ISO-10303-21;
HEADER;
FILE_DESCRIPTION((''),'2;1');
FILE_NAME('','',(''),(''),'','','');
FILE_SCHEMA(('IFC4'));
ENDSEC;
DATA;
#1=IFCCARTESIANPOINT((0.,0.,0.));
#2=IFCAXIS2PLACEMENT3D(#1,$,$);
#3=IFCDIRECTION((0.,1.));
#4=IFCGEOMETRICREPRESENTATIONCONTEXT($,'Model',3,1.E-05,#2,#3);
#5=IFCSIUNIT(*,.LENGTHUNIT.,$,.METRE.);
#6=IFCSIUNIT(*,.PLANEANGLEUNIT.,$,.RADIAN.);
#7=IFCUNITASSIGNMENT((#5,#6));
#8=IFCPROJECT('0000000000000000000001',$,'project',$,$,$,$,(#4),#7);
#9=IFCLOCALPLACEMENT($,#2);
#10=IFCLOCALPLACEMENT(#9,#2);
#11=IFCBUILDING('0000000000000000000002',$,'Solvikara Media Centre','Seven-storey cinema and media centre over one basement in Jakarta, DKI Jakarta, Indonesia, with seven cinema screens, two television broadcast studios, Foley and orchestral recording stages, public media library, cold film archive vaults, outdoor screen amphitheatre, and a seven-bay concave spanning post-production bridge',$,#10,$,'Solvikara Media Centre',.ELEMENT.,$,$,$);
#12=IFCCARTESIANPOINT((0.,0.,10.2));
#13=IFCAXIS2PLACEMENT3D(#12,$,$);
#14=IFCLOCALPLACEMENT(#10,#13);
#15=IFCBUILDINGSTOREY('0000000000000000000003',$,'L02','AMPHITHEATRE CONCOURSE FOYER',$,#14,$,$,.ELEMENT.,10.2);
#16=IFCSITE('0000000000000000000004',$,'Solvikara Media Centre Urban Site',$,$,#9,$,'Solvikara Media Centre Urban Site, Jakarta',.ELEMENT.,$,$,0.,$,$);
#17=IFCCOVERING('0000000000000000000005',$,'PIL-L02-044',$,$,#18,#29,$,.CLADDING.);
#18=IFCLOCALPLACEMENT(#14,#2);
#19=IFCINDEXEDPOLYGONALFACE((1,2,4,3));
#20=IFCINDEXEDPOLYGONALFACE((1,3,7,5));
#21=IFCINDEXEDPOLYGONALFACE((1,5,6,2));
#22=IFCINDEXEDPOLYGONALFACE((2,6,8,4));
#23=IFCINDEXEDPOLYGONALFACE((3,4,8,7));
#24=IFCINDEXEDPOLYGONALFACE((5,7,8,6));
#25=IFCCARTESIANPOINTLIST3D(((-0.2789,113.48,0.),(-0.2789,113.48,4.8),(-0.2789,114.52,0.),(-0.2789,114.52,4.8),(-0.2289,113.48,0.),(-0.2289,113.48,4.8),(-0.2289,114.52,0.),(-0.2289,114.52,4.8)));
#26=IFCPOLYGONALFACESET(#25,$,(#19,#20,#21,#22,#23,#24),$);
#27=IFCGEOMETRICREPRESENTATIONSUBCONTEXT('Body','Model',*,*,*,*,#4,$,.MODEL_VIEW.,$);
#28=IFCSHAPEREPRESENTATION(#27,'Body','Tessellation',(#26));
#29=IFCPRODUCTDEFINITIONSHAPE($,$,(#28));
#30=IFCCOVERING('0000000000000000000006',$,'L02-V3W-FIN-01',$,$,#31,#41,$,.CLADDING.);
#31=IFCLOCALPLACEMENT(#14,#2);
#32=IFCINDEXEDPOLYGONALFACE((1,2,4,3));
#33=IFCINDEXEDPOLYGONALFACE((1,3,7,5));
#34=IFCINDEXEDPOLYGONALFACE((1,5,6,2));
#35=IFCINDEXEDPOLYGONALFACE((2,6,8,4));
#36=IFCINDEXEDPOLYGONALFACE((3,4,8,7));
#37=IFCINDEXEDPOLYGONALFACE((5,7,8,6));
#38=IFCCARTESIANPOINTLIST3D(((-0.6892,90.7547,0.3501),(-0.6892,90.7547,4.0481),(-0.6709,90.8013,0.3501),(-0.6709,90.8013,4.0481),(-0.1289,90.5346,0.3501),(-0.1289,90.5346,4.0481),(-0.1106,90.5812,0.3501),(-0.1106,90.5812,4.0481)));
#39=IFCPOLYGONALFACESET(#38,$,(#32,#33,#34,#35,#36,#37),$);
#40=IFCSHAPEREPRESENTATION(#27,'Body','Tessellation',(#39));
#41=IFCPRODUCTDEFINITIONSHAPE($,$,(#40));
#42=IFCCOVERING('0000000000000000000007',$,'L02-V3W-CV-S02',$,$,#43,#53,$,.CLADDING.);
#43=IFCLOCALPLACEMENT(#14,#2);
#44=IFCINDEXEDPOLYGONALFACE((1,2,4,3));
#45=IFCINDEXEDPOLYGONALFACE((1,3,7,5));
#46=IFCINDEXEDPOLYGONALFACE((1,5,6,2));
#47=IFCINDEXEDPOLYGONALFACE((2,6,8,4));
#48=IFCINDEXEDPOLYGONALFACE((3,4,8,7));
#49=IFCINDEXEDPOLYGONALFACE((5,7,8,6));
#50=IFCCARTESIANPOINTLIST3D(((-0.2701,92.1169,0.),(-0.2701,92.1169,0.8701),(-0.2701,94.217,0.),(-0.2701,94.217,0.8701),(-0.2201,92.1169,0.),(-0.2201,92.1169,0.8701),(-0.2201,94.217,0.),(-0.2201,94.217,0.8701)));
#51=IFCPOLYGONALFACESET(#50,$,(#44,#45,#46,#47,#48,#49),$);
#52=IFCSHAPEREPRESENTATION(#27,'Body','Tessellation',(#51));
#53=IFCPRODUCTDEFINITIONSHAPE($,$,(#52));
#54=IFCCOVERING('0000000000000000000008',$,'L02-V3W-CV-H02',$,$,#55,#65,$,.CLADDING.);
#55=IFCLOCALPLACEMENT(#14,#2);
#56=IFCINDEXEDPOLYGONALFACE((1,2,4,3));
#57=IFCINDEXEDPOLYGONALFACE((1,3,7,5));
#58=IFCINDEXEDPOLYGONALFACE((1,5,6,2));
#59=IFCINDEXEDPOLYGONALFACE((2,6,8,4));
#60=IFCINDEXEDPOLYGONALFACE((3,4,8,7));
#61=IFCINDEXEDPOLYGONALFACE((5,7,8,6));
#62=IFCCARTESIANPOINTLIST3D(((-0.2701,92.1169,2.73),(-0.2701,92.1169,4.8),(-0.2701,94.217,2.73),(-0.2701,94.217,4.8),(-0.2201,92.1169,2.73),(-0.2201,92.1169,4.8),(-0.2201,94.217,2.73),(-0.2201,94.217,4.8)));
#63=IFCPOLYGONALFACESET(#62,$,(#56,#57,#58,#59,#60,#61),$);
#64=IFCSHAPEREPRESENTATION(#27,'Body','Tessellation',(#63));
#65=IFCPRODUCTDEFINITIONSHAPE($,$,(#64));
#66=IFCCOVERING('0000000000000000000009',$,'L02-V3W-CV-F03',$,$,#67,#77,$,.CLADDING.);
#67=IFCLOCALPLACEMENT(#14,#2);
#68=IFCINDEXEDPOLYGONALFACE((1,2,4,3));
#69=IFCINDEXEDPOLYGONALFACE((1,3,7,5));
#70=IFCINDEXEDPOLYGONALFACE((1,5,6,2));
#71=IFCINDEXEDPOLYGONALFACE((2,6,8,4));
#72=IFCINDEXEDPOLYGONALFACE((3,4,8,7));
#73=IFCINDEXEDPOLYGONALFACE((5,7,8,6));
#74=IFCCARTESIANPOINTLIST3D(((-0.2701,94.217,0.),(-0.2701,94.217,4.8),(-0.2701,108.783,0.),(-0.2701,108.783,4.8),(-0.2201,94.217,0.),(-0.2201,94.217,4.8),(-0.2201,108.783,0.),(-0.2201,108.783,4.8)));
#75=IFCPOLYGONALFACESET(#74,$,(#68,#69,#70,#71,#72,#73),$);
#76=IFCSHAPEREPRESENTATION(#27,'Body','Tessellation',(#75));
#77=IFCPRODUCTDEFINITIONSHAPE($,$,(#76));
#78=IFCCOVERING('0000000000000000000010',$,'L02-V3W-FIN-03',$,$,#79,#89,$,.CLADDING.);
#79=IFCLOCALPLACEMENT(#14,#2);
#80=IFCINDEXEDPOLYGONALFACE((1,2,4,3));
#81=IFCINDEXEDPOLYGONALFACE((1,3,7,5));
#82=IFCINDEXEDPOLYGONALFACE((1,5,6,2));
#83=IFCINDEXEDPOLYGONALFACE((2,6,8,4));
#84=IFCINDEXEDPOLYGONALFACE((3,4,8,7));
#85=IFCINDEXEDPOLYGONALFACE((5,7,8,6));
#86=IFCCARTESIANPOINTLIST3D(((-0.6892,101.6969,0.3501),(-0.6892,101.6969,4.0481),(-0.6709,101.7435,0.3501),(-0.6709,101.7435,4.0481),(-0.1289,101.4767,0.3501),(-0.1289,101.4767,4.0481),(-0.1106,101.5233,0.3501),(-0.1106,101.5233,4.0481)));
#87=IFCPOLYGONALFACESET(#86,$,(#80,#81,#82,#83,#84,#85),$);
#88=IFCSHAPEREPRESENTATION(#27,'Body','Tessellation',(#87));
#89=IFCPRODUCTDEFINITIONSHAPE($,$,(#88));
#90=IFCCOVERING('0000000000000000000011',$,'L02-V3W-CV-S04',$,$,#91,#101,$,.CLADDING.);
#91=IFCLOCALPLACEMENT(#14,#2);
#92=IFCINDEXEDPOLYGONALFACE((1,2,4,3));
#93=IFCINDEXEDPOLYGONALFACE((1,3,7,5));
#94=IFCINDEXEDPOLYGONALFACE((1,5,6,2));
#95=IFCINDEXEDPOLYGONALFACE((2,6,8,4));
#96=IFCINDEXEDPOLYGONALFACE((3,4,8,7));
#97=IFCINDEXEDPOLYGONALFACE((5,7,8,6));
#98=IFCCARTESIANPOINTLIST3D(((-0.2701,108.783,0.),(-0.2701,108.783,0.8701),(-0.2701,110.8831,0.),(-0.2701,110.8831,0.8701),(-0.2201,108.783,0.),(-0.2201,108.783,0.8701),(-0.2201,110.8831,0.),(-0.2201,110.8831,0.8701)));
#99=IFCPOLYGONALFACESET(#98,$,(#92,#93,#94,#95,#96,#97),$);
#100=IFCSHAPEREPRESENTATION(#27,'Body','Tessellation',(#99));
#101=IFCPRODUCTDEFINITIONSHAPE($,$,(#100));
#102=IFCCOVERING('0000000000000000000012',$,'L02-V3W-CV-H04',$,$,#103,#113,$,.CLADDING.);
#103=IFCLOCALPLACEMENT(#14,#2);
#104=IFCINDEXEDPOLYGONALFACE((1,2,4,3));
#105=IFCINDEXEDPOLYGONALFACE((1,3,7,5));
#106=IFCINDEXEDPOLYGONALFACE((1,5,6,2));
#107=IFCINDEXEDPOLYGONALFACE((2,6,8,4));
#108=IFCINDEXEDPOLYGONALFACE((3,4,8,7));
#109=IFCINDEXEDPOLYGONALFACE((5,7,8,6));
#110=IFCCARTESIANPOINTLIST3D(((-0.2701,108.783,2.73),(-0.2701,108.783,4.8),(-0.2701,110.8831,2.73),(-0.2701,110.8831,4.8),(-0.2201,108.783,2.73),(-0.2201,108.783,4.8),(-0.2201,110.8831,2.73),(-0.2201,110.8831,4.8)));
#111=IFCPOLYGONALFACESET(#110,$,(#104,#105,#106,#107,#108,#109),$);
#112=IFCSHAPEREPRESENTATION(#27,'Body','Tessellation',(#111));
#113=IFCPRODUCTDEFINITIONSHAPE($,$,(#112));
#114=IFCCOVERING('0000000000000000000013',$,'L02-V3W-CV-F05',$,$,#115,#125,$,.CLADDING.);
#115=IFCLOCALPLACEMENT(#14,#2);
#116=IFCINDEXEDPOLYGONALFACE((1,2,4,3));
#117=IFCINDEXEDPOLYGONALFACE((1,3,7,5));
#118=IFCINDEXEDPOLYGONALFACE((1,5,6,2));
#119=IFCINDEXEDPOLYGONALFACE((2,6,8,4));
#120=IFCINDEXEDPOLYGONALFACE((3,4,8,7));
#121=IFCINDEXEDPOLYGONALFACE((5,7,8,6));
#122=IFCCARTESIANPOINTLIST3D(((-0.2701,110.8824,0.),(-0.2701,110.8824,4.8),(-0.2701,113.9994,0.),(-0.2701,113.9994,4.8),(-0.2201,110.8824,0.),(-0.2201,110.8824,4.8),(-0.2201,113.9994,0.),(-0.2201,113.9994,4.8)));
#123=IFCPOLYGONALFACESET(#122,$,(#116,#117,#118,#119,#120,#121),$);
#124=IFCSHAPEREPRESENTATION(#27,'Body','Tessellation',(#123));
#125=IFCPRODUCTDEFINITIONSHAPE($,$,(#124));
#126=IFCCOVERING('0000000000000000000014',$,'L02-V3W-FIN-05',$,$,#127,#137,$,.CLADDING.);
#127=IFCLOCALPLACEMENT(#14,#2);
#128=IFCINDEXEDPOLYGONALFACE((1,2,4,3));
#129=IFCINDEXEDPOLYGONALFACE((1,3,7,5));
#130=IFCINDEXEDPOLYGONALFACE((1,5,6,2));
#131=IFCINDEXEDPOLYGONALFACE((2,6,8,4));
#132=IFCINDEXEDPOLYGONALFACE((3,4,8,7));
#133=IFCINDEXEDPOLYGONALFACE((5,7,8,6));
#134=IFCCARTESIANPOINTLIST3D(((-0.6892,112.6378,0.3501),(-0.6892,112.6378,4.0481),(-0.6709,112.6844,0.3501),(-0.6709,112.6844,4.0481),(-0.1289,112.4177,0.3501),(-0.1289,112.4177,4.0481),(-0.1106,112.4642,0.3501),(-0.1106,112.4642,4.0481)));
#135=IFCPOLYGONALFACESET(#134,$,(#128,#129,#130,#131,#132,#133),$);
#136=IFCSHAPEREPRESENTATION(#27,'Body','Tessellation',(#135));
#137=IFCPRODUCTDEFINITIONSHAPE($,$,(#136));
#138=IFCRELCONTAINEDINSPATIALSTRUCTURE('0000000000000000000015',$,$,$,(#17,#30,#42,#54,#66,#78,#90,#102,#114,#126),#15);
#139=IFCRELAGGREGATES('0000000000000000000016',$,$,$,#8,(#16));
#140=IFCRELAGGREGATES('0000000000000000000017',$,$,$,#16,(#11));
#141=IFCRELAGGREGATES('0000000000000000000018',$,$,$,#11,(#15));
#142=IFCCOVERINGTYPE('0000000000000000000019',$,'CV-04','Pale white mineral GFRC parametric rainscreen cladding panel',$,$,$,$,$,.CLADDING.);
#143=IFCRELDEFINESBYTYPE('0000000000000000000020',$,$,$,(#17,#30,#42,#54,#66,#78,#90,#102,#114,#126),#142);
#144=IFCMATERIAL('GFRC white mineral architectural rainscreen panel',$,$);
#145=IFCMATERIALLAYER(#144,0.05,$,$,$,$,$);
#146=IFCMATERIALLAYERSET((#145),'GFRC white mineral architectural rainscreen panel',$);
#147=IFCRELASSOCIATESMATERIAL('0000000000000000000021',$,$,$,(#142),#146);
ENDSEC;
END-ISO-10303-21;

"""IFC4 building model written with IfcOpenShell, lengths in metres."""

from ifc_helpers import new_model, si_unit, direction, frame, origin, origin_2d, place, context, subcontext, project, spatial, rectangle, extrude, material, layer, layer_set, type_object, element, save


model = new_model("IFC4")

# Units and contexts
model_context = context("Model", 3, precision=1e-05, world=origin(), true_north=direction((0.0, 1.0)))
body_context = subcontext(model_context, "Body", "Model", "MODEL_VIEW")
ifc_project = project(units=[si_unit("LENGTHUNIT", "METRE"), si_unit("PLANEANGLEUNIT", "RADIAN")], contexts=[model_context])

# Site, building, storey
site_placement = place(None, origin())
site = spatial("IfcSite", under=ifc_project, at=site_placement, Name="Solvikara Media Centre Urban Site", LongName="Solvikara Media Centre Urban Site, Jakarta", CompositionType="ELEMENT", RefElevation=0.0)
building_placement = place(site_placement, origin())
building = spatial("IfcBuilding", under=site, at=building_placement, Name="Solvikara Media Centre", Description="Seven-storey cinema and media centre over one basement in Jakarta, DKI Jakarta, Indonesia, with seven cinema screens, two television broadcast studios, Foley and orchestral recording stages, public media library, cold film archive vaults, outdoor screen amphitheatre, and a seven-bay concave spanning post-production bridge", LongName="Solvikara Media Centre", CompositionType="ELEMENT")
storey_placement = place(building_placement, frame((0.0, 0.0, 10.2)))
storey = spatial("IfcBuildingStorey", under=building, at=storey_placement, Name="L02", Description="AMPHITHEATRE CONCOURSE FOYER", CompositionType="ELEMENT", Elevation=10.2)

# Coverings
ifc_material_1 = material(Name="GFRC white mineral architectural rainscreen panel")
ifc_layer = layer(ifc_material_1, 0.05)
ifc_layer_set = layer_set([ifc_layer], Name="GFRC white mineral architectural rainscreen panel")
covering_type = type_object("IfcCoveringType", Name="CV-04", Description="Pale white mineral GFRC parametric rainscreen cladding panel", PredefinedType="CLADDING", material=ifc_layer_set)
for number, where, z_axis, x_axis, name in (
    (1, (-0.2539, 114.0, 0.0), (0.0, 0.0, 1.0), (0.0, -1.0, 0.0), "PIL-L02-044"),
):
    element("IfcCovering", number, at=place(storey_placement, frame(where, z_axis=z_axis, x_axis=x_axis)), inside=storey, type_object=covering_type, Name=name, PredefinedType="CLADDING", context=body_context, shape_type="SweptSolid", body=[
        extrude(rectangle(XDim=1.04, YDim=0.05, at=origin_2d()), origin(), (0.0, 0.0, 1.0), 4.8),
    ])
covering_1_placement = place(storey_placement, frame((-0.3999, 90.668, 0.3501), z_axis=(0.0, 0.0, 1.0), x_axis=(-0.93075, 0.365657, 0.0)))
element("IfcCovering", 2, at=covering_1_placement, inside=storey, type_object=covering_type, Name="L02-V3W-FIN-01", PredefinedType="CLADDING", context=body_context, shape_type="SweptSolid", body=[
    extrude(rectangle(XDim=0.6021, YDim=0.05, at=origin_2d()), origin(), (0.0, 0.0, 1.0), 3.698),
])
covering_2_placement = place(storey_placement, frame((-0.2451, 93.167, 0.0), z_axis=(0.0, 0.0, 1.0), x_axis=(0.0, 1.0, 0.0)))
element("IfcCovering", 3, at=covering_2_placement, inside=storey, type_object=covering_type, Name="L02-V3W-CV-S02", PredefinedType="CLADDING", context=body_context, shape_type="SweptSolid", body=[
    extrude(rectangle(XDim=2.1001, YDim=0.05, at=origin_2d()), origin(), (0.0, 0.0, 1.0), 0.8701),
])
covering_3_placement = place(storey_placement, frame((-0.2451, 93.167, 2.73), z_axis=(0.0, 0.0, 1.0), x_axis=(0.0, 1.0, 0.0)))
element("IfcCovering", 4, at=covering_3_placement, inside=storey, type_object=covering_type, Name="L02-V3W-CV-H02", PredefinedType="CLADDING", context=body_context, shape_type="SweptSolid", body=[
    extrude(rectangle(XDim=2.1001, YDim=0.05, at=origin_2d()), origin(), (0.0, 0.0, 1.0), 2.0701),
])
covering_4_placement = place(storey_placement, frame((-0.2451, 101.5, 0.0), z_axis=(0.0, 0.0, 1.0), x_axis=(0.0, 1.0, 0.0)))
element("IfcCovering", 5, at=covering_4_placement, inside=storey, type_object=covering_type, Name="L02-V3W-CV-F03", PredefinedType="CLADDING", context=body_context, shape_type="SweptSolid", body=[
    extrude(rectangle(XDim=14.5659, YDim=0.05, at=origin_2d()), origin(), (0.0, 0.0, 1.0), 4.8),
])
covering_5_placement = place(storey_placement, frame((-0.3999, 101.6101, 0.3501), z_axis=(0.0, 0.0, 1.0), x_axis=(-0.93075, 0.365657, 0.0)))
element("IfcCovering", 6, at=covering_5_placement, inside=storey, type_object=covering_type, Name="L02-V3W-FIN-03", PredefinedType="CLADDING", context=body_context, shape_type="SweptSolid", body=[
    extrude(rectangle(XDim=0.6021, YDim=0.05, at=origin_2d()), origin(), (0.0, 0.0, 1.0), 3.698),
])
covering_6_placement = place(storey_placement, frame((-0.2451, 109.833, 0.0), z_axis=(0.0, 0.0, 1.0), x_axis=(0.0, 1.0, 0.0)))
element("IfcCovering", 7, at=covering_6_placement, inside=storey, type_object=covering_type, Name="L02-V3W-CV-S04", PredefinedType="CLADDING", context=body_context, shape_type="SweptSolid", body=[
    extrude(rectangle(XDim=2.1001, YDim=0.05, at=origin_2d()), origin(), (0.0, 0.0, 1.0), 0.8701),
])
covering_7_placement = place(storey_placement, frame((-0.2451, 109.833, 2.73), z_axis=(0.0, 0.0, 1.0), x_axis=(0.0, 1.0, 0.0)))
element("IfcCovering", 8, at=covering_7_placement, inside=storey, type_object=covering_type, Name="L02-V3W-CV-H04", PredefinedType="CLADDING", context=body_context, shape_type="SweptSolid", body=[
    extrude(rectangle(XDim=2.1001, YDim=0.05, at=origin_2d()), origin(), (0.0, 0.0, 1.0), 2.0701),
])
covering_8_placement = place(storey_placement, frame((-0.2451, 112.4409, 0.0), z_axis=(0.0, 0.0, 1.0), x_axis=(0.0, 1.0, 0.0)))
element("IfcCovering", 9, at=covering_8_placement, inside=storey, type_object=covering_type, Name="L02-V3W-CV-F05", PredefinedType="CLADDING", context=body_context, shape_type="SweptSolid", body=[
    extrude(rectangle(XDim=3.1169, YDim=0.05, at=origin_2d()), origin(), (0.0, 0.0, 1.0), 4.8),
])
covering_9_placement = place(storey_placement, frame((-0.3999, 112.551, 0.3501), z_axis=(0.0, 0.0, 1.0), x_axis=(-0.93075, 0.365657, 0.0)))
element("IfcCovering", 10, at=covering_9_placement, inside=storey, type_object=covering_type, Name="L02-V3W-FIN-05", PredefinedType="CLADDING", context=body_context, shape_type="SweptSolid", body=[
    extrude(rectangle(XDim=0.6021, YDim=0.05, at=origin_2d()), origin(), (0.0, 0.0, 1.0), 3.698),
])

save(model, "model.ifc")
